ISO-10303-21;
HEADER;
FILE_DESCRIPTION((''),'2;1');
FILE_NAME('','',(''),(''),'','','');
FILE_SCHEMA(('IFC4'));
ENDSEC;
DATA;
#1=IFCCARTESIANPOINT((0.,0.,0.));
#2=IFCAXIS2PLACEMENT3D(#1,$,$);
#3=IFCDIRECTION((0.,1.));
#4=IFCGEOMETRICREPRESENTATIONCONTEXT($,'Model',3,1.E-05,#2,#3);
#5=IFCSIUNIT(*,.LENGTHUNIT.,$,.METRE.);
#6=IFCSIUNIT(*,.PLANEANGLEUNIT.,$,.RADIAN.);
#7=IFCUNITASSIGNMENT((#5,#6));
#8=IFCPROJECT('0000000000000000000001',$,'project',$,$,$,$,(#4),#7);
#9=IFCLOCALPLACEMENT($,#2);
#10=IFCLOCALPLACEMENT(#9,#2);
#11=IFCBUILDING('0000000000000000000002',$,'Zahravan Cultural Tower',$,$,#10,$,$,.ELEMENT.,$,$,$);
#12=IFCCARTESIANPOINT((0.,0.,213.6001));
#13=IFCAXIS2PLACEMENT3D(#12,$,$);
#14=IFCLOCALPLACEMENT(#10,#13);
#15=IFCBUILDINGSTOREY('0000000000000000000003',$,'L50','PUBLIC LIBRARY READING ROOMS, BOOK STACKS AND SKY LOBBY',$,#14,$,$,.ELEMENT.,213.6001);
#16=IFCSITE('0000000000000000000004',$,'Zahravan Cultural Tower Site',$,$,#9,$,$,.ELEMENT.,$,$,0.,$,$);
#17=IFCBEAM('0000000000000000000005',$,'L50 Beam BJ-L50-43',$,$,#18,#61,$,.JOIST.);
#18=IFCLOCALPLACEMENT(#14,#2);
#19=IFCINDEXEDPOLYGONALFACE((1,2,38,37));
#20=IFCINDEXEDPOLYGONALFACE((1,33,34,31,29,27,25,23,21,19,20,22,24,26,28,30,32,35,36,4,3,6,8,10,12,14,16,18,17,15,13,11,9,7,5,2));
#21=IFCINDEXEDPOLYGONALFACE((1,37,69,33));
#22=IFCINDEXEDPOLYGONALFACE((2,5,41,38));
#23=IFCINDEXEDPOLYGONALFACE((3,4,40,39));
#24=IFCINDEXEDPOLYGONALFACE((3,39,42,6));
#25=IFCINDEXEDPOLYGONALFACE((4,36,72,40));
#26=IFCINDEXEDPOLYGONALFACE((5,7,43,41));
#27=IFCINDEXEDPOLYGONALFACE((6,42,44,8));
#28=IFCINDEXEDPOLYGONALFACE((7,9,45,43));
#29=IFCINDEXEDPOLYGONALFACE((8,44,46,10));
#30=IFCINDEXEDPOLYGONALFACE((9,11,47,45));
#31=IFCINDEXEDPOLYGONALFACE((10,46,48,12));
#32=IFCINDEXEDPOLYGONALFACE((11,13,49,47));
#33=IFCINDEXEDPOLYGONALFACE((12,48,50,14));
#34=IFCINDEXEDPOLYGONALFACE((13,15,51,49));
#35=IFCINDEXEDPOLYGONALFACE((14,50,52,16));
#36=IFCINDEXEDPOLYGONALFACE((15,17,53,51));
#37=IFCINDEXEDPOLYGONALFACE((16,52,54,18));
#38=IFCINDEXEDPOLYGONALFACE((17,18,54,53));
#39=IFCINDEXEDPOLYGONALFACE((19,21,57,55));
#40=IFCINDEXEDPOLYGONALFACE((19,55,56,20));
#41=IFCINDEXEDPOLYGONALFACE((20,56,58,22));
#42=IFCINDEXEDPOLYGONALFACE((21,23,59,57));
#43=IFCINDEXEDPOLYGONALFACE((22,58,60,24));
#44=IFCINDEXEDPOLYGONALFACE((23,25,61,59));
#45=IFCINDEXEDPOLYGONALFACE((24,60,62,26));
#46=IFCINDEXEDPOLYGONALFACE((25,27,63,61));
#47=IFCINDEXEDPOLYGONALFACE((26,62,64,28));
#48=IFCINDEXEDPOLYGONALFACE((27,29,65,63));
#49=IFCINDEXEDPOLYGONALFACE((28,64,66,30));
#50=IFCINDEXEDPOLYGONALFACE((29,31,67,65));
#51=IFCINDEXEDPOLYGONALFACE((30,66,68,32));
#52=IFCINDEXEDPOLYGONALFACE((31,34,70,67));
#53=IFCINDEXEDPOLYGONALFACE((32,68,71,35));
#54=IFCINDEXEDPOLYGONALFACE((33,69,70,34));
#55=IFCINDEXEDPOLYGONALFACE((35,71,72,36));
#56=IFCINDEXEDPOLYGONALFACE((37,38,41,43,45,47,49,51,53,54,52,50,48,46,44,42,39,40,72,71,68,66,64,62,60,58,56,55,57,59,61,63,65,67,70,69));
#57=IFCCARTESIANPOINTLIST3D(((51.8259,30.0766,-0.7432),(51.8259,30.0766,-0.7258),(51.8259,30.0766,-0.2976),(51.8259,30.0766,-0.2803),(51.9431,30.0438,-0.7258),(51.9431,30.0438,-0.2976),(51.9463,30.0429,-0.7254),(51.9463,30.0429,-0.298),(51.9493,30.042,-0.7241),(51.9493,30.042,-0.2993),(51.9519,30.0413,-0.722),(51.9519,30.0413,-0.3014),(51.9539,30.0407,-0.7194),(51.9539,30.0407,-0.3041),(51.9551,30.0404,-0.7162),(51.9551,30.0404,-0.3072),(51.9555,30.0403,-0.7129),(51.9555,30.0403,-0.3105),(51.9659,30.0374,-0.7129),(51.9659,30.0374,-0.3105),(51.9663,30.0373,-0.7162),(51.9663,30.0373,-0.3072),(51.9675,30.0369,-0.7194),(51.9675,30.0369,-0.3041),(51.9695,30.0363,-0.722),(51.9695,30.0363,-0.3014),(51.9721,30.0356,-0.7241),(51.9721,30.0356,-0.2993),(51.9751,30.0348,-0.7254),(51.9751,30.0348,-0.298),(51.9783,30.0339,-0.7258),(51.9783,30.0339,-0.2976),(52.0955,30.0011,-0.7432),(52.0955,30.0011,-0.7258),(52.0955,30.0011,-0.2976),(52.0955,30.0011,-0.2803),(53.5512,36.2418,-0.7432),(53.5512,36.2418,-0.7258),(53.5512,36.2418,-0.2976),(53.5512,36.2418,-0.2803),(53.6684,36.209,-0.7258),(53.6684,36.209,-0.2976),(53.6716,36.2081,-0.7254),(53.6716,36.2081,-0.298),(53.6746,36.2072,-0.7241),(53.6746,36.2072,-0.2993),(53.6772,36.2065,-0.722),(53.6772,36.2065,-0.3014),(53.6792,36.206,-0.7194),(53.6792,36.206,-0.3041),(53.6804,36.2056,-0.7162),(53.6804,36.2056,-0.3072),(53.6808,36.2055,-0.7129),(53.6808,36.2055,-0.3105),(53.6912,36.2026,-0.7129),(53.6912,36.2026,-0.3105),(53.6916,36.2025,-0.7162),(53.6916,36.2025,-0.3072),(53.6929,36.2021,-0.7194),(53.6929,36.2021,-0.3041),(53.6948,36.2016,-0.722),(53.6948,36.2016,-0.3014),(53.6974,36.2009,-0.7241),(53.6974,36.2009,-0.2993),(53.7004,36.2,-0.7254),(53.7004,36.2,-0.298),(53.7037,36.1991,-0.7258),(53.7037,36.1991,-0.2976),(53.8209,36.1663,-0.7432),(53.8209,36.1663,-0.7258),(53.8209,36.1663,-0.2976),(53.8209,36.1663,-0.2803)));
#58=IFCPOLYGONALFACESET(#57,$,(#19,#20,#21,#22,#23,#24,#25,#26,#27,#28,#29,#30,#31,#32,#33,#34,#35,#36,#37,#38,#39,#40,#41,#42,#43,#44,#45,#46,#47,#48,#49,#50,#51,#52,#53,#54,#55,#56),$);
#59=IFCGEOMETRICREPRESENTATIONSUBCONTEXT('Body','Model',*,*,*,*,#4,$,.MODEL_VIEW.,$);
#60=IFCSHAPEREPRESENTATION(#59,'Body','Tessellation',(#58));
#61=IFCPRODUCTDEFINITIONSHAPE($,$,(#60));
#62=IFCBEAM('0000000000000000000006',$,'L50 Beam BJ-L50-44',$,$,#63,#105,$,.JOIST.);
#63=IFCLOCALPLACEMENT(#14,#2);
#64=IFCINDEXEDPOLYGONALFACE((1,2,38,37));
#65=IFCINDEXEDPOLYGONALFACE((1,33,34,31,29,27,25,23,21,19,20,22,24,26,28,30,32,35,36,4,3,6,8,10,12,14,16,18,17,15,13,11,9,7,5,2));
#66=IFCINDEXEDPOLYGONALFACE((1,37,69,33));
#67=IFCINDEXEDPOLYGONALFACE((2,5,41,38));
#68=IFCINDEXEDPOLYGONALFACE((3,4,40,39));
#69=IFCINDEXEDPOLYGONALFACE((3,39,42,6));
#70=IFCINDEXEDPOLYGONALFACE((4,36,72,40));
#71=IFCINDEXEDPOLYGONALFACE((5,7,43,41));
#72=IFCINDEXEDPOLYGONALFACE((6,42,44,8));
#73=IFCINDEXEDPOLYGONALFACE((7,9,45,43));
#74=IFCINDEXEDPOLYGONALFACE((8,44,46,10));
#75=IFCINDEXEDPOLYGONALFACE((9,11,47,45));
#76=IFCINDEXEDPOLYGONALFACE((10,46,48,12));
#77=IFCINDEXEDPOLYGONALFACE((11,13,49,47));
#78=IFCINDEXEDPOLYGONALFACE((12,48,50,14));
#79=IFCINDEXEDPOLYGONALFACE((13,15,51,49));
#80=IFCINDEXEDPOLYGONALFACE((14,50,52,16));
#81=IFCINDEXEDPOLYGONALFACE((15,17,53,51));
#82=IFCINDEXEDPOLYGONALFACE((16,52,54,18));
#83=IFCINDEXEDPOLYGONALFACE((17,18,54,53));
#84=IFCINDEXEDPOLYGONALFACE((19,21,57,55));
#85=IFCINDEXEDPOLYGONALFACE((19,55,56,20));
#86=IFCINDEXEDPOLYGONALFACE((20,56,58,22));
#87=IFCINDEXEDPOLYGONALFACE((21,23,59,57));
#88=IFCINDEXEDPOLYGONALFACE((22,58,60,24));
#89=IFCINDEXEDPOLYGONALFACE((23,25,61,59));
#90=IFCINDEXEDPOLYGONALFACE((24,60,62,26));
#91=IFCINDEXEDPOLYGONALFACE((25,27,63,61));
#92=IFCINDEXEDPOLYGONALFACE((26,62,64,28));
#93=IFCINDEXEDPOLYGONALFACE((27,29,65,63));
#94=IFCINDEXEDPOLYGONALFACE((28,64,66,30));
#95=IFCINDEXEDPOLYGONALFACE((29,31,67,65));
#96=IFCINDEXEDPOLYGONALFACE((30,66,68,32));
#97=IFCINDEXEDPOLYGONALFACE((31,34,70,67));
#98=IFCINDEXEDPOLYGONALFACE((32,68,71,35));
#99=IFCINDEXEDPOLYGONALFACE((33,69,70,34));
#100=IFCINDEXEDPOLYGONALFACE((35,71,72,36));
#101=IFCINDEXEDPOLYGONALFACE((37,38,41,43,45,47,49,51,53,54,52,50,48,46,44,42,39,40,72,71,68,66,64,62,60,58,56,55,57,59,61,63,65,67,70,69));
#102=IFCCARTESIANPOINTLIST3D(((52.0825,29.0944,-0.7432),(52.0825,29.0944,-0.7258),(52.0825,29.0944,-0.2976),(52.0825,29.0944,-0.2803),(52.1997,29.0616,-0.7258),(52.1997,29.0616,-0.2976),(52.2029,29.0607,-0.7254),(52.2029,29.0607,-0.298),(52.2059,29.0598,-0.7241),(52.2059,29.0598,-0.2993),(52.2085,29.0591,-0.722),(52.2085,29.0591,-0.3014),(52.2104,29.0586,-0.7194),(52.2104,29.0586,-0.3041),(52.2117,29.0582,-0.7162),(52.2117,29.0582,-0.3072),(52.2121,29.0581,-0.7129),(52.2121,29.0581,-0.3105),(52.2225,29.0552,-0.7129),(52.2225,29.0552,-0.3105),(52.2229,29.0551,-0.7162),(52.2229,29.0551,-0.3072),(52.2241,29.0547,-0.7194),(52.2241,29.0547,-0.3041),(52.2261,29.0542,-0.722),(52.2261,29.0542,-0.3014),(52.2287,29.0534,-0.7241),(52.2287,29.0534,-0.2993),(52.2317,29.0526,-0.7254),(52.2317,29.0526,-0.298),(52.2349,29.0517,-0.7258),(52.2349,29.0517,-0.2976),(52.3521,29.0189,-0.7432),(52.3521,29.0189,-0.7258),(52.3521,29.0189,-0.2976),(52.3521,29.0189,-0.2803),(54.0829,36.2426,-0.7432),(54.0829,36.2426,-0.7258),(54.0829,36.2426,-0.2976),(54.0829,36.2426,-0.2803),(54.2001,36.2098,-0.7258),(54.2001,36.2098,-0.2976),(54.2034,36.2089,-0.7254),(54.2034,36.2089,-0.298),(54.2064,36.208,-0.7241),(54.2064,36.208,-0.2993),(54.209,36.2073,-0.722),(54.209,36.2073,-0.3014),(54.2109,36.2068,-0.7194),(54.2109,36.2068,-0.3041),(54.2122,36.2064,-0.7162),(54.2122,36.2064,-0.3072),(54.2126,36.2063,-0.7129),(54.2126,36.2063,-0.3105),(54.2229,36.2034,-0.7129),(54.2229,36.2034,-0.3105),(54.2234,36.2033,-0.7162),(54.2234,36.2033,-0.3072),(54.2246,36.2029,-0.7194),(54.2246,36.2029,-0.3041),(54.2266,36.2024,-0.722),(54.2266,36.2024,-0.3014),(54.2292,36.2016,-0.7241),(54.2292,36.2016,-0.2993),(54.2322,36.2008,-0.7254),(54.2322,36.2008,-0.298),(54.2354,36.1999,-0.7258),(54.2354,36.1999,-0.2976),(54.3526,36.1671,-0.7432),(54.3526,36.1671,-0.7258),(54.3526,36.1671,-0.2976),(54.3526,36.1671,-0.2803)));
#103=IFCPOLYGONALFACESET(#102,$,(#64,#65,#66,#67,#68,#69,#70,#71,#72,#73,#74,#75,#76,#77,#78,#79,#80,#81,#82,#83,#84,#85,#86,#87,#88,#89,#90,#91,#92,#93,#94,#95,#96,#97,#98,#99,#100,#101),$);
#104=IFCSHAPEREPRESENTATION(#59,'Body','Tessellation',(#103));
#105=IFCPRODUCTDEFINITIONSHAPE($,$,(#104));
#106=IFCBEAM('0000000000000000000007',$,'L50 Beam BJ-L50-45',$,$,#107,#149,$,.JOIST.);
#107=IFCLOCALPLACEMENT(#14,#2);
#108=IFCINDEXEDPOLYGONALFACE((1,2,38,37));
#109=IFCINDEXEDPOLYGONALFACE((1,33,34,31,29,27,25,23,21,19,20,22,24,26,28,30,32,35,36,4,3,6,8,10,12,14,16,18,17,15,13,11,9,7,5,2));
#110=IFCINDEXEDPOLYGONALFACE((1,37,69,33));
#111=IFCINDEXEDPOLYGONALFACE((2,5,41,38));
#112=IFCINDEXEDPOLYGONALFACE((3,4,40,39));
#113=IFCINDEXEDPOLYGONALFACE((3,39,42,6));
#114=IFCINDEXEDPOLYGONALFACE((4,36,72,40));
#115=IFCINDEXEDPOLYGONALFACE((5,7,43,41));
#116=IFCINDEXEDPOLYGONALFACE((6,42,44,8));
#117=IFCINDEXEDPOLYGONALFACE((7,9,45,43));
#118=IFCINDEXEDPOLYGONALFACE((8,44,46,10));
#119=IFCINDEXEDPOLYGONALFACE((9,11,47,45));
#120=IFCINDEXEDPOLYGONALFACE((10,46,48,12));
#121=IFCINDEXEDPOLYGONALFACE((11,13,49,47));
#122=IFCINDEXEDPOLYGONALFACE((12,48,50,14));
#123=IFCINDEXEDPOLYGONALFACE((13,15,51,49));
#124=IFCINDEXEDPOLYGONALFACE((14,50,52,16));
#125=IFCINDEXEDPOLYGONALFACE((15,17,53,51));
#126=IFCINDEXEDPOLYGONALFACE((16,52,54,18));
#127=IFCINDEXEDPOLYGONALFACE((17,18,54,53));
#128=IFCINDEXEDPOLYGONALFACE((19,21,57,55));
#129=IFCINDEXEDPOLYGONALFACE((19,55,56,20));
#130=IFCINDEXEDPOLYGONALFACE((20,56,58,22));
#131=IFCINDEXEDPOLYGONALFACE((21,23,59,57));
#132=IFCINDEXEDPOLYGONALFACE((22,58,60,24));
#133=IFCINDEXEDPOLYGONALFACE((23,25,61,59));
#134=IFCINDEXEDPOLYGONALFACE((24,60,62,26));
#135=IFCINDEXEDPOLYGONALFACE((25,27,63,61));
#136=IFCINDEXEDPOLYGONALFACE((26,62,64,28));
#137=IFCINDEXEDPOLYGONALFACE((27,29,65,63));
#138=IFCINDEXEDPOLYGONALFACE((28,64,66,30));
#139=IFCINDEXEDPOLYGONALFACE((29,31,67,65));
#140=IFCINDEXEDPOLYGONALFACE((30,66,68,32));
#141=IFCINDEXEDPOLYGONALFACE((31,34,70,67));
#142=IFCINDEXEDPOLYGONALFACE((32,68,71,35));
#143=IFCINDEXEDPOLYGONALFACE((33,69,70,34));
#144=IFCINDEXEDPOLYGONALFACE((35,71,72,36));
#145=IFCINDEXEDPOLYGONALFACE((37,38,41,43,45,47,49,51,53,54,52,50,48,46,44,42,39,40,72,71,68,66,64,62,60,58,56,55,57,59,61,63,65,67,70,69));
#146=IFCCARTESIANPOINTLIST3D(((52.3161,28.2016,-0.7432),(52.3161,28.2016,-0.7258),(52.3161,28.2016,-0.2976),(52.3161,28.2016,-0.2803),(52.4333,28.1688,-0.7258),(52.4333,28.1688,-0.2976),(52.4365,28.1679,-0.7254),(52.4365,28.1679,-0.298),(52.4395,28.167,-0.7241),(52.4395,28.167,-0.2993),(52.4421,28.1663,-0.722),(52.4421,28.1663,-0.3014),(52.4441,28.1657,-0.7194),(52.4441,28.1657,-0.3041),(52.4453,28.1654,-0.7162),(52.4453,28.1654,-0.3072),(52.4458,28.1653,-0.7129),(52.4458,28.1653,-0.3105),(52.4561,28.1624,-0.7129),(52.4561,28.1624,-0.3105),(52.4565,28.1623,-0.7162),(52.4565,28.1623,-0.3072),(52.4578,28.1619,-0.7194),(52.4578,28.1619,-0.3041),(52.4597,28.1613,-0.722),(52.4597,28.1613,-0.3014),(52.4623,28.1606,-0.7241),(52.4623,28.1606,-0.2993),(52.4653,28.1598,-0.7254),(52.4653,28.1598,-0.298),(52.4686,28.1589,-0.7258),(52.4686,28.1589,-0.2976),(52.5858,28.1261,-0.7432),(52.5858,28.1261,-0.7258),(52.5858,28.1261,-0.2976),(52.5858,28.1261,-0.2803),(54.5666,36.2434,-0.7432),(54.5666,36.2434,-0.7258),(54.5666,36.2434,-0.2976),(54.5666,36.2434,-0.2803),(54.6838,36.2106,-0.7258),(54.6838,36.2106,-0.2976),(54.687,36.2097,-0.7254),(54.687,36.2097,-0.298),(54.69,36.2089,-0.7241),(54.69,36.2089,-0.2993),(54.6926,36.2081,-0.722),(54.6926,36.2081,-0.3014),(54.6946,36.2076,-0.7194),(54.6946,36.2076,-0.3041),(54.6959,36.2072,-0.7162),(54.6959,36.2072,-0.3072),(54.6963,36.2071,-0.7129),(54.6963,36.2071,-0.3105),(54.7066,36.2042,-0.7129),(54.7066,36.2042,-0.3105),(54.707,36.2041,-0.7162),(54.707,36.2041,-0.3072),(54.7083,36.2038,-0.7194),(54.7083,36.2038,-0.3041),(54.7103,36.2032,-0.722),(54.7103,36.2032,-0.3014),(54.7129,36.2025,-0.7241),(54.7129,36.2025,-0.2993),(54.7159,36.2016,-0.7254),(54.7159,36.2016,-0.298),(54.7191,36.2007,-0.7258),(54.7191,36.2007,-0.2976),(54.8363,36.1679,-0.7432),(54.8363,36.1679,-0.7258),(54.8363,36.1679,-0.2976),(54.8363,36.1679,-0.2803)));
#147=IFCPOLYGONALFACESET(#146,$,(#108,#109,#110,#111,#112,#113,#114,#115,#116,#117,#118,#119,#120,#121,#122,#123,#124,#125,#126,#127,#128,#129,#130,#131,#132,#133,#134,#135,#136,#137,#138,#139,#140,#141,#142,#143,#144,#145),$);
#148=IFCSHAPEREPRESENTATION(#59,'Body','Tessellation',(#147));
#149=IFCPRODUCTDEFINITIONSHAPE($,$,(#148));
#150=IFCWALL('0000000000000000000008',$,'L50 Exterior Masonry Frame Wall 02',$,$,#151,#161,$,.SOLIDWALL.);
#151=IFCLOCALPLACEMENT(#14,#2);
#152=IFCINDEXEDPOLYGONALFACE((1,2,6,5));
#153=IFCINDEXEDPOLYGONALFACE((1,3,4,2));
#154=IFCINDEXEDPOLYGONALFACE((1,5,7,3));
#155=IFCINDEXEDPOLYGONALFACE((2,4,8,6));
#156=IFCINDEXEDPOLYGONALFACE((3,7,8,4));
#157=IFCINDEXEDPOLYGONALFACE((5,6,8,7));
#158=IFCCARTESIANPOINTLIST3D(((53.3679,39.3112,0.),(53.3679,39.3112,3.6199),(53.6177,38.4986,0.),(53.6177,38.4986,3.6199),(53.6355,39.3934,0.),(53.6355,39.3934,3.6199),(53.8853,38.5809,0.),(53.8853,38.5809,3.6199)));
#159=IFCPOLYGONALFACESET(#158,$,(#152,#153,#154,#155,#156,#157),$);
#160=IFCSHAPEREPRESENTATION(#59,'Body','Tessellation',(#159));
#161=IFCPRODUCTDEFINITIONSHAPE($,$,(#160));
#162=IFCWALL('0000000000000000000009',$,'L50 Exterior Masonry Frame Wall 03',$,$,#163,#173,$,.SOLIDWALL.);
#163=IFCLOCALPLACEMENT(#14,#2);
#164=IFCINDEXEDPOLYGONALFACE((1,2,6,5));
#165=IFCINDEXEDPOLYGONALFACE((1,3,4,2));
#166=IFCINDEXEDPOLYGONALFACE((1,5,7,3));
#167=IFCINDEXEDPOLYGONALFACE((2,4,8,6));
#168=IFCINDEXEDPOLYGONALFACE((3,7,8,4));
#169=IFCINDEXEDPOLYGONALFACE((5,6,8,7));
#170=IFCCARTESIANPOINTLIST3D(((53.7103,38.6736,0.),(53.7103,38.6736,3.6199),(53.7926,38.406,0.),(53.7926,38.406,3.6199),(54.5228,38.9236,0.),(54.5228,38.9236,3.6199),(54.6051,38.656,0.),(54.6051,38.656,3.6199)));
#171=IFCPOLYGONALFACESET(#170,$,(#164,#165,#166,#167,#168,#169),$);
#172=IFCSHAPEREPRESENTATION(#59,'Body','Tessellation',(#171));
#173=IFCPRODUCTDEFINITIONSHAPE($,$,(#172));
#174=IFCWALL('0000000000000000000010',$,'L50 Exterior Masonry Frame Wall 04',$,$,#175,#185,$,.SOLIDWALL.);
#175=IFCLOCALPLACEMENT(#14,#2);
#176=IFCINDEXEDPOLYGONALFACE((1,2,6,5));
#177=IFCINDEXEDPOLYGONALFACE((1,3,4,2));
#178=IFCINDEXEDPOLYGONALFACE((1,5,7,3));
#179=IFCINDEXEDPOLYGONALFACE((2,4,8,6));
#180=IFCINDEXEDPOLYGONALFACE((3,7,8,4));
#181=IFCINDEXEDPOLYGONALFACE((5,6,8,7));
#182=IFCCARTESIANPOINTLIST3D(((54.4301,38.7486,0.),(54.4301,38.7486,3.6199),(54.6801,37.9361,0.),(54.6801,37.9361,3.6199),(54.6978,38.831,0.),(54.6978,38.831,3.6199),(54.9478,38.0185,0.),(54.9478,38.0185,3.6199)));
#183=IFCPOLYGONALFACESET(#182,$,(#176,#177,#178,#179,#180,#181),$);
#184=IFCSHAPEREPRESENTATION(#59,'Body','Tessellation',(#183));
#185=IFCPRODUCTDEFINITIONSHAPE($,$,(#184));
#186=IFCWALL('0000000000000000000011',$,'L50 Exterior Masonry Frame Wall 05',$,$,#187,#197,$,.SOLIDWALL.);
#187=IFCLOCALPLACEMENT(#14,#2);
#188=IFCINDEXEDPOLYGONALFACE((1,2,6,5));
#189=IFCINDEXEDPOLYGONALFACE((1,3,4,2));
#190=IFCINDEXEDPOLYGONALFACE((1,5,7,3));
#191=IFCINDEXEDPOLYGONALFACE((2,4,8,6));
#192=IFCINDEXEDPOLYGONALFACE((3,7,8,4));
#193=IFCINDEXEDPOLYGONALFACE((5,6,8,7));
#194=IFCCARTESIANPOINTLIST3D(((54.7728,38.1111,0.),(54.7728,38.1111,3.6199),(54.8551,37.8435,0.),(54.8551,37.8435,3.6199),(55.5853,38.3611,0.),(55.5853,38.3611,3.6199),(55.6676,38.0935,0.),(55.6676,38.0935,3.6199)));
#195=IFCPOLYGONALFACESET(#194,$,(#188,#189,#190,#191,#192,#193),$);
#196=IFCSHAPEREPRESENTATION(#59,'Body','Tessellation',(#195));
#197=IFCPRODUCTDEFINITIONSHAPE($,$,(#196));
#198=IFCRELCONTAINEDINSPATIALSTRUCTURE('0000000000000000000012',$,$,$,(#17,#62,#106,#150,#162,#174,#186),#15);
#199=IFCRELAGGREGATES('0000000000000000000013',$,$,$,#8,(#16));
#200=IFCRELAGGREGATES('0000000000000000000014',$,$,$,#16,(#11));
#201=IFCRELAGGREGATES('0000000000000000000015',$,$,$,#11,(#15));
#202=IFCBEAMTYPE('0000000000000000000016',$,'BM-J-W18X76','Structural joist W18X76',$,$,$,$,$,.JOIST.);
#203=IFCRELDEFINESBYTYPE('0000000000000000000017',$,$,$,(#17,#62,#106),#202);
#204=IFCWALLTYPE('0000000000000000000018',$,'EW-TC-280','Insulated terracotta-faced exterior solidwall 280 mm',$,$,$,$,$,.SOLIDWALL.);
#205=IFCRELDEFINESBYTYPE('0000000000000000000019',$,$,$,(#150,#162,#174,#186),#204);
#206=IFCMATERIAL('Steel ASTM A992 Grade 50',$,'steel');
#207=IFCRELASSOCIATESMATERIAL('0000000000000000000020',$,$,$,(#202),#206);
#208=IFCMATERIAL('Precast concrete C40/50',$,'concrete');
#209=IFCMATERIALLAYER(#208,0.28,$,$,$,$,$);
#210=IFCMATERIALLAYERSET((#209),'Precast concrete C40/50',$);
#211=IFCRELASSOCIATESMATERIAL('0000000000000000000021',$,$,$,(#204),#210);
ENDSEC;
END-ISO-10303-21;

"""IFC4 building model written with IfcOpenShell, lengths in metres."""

from ifc_helpers import new_model, si_unit, direction, frame, frame_2d, origin, origin_2d, place, context, subcontext, project, spatial, rectangle, i_section, extrude, source, transform, mapped, material, layer, layer_set, material_profile, profile_set, type_object, element, save


model = new_model("IFC4")

# Units and contexts
model_context = context("Model", 3, precision=1e-05, world=origin(), true_north=direction((0.0, 1.0)))
body_context = subcontext(model_context, "Body", "Model", "MODEL_VIEW")
ifc_project = project(units=[si_unit("LENGTHUNIT", "METRE"), si_unit("PLANEANGLEUNIT", "RADIAN")], contexts=[model_context])

# Site, building, storey
site_placement = place(None, origin())
site = spatial("IfcSite", under=ifc_project, at=site_placement, Name="Zahravan Cultural Tower Site", CompositionType="ELEMENT", RefElevation=0.0)
building_placement = place(site_placement, origin())
building = spatial("IfcBuilding", under=site, at=building_placement, Name="Zahravan Cultural Tower", CompositionType="ELEMENT")
storey_placement = place(building_placement, frame((0.0, 0.0, 213.6001)))
storey = spatial("IfcBuildingStorey", under=building, at=storey_placement, Name="L50", Description="PUBLIC LIBRARY READING ROOMS, BOOK STACKS AND SKY LOBBY", CompositionType="ELEMENT", Elevation=213.6001)

# Shared definitions
ifc_material_1 = material(Name="Steel ASTM A992 Grade 50", Category="steel")

# Beams
ifc_material_profile_1 = material_profile(ifc_material_1, i_section(OverallWidth=0.28, OverallDepth=0.4629, WebThickness=0.0107, FlangeThickness=0.0173, FilletRadius=0.0129, at=origin_2d()), Name="W18X76")
ifc_profile_set_1 = profile_set([ifc_material_profile_1], Name="Steel ASTM A992 Grade 50")
beam_type = type_object("IfcBeamType", Name="BM-J-W18X76", Description="Structural joist W18X76", PredefinedType="JOIST", material=ifc_profile_set_1)
shared_shape_1 = source(origin(), body_context, "Body", "SweptSolid", [
    extrude(i_section(OverallWidth=0.28, OverallDepth=0.4629, WebThickness=0.0107, FlangeThickness=0.0173, FilletRadius=0.0129, at=origin_2d()), origin(), (0.0, 0.0, 1.0), 6.4021),
])
beam_1_placement = place(storey_placement, frame((51.9607, 30.0388, -0.5117), z_axis=(0.269494, 0.963002, 0.0), x_axis=(-0.963002, 0.269494, 0.0)))
element("IfcBeam", 1, at=beam_1_placement, inside=storey, type_object=beam_type, Name="L50 Beam BJ-L50-43", PredefinedType="JOIST", context=body_context, shape_type="MappedRepresentation", body=[
    mapped(shared_shape_1, transform((0.0, 0.0, 0.0), x_axis=(1.0, 0.0, 0.0), y_axis=(0.0, 1.0, 0.0), z_axis=(0.0, 0.0, 1.0), scale=1.0)),
])
shared_shape_2 = source(origin(), body_context, "Body", "SweptSolid", [
    extrude(i_section(OverallWidth=0.28, OverallDepth=0.4629, WebThickness=0.0107, FlangeThickness=0.0173, FilletRadius=0.0129, at=origin_2d()), origin(), (0.0, 0.0, 1.0), 7.4229),
])
beam_2_placement = place(storey_placement, frame((52.2173, 29.0566, -0.5117), z_axis=(0.269504, 0.962999, 0.0), x_axis=(-0.962999, 0.269504, 0.0)))
element("IfcBeam", 2, at=beam_2_placement, inside=storey, type_object=beam_type, Name="L50 Beam BJ-L50-44", PredefinedType="JOIST", context=body_context, shape_type="MappedRepresentation", body=[
    mapped(shared_shape_2, transform((0.0, 0.0, 0.0), x_axis=(1.0, 0.0, 0.0), y_axis=(0.0, 1.0, 0.0), z_axis=(0.0, 0.0, 1.0), scale=1.0)),
])
shared_shape_3 = source(origin(), body_context, "Body", "SweptSolid", [
    extrude(i_section(OverallWidth=0.28, OverallDepth=0.4629, WebThickness=0.0107, FlangeThickness=0.0173, FilletRadius=0.0129, at=origin_2d()), origin(), (0.0, 0.0, 1.0), 8.3508),
])
beam_3_placement = place(storey_placement, frame((52.4509, 28.1638, -0.5117), z_axis=(0.269497, 0.963001, 0.0), x_axis=(-0.963001, 0.269497, 0.0)))
element("IfcBeam", 3, at=beam_3_placement, inside=storey, type_object=beam_type, Name="L50 Beam BJ-L50-45", PredefinedType="JOIST", context=body_context, shape_type="MappedRepresentation", body=[
    mapped(shared_shape_3, transform((0.0, 0.0, 0.0), x_axis=(1.0, 0.0, 0.0), y_axis=(0.0, 1.0, 0.0), z_axis=(0.0, 0.0, 1.0), scale=1.0)),
])

# Walls
ifc_material_2 = material(Name="Precast concrete C40/50", Category="concrete")
ifc_layer_1 = layer(ifc_material_2, 0.28)
ifc_layer_set_1 = layer_set([ifc_layer_1], Name="Precast concrete C40/50")
wall_type_1 = type_object("IfcWallType", Name="EW-TC-280", Description="Insulated terracotta-faced exterior solidwall 280 mm", PredefinedType="SOLIDWALL", material=ifc_layer_set_1)
shared_shape_4 = source(origin(), body_context, "Body", "SweptSolid", [
    extrude(rectangle(XDim=0.8501, YDim=0.28, at=frame_2d((0.425, 0.0))), origin(), (0.0, 0.0, 1.0), 3.6199),
])
for number, where, z_axis, x_axis, name in (
    (4, (53.5017, 39.3523, 0.0), (0.0, 0.0, 1.0), (0.293823, -0.95586, 0.0), "L50 Exterior Masonry Frame Wall 02"),
    (5, (53.7515, 38.5398, 0.0), (0.0, 0.0, 1.0), (0.955779, 0.294086, 0.0), "L50 Exterior Masonry Frame Wall 03"),
    (6, (54.564, 38.7898, 0.0), (0.0, 0.0, 1.0), (0.294086, -0.955779, 0.0), "L50 Exterior Masonry Frame Wall 04"),
    (7, (54.814, 37.9773, 0.0), (0.0, 0.0, 1.0), (0.955779, 0.294086, 0.0), "L50 Exterior Masonry Frame Wall 05"),
):
    element("IfcWall", number, at=place(storey_placement, frame(where, z_axis=z_axis, x_axis=x_axis)), inside=storey, type_object=wall_type_1, Name=name, PredefinedType="SOLIDWALL", context=body_context, shape_type="MappedRepresentation", body=[
        mapped(shared_shape_4, transform((0.0, 0.0, 0.0), x_axis=(1.0, 0.0, 0.0), y_axis=(0.0, 1.0, 0.0), z_axis=(0.0, 0.0, 1.0), scale=1.0)),
    ])

save(model, "model.ifc")
